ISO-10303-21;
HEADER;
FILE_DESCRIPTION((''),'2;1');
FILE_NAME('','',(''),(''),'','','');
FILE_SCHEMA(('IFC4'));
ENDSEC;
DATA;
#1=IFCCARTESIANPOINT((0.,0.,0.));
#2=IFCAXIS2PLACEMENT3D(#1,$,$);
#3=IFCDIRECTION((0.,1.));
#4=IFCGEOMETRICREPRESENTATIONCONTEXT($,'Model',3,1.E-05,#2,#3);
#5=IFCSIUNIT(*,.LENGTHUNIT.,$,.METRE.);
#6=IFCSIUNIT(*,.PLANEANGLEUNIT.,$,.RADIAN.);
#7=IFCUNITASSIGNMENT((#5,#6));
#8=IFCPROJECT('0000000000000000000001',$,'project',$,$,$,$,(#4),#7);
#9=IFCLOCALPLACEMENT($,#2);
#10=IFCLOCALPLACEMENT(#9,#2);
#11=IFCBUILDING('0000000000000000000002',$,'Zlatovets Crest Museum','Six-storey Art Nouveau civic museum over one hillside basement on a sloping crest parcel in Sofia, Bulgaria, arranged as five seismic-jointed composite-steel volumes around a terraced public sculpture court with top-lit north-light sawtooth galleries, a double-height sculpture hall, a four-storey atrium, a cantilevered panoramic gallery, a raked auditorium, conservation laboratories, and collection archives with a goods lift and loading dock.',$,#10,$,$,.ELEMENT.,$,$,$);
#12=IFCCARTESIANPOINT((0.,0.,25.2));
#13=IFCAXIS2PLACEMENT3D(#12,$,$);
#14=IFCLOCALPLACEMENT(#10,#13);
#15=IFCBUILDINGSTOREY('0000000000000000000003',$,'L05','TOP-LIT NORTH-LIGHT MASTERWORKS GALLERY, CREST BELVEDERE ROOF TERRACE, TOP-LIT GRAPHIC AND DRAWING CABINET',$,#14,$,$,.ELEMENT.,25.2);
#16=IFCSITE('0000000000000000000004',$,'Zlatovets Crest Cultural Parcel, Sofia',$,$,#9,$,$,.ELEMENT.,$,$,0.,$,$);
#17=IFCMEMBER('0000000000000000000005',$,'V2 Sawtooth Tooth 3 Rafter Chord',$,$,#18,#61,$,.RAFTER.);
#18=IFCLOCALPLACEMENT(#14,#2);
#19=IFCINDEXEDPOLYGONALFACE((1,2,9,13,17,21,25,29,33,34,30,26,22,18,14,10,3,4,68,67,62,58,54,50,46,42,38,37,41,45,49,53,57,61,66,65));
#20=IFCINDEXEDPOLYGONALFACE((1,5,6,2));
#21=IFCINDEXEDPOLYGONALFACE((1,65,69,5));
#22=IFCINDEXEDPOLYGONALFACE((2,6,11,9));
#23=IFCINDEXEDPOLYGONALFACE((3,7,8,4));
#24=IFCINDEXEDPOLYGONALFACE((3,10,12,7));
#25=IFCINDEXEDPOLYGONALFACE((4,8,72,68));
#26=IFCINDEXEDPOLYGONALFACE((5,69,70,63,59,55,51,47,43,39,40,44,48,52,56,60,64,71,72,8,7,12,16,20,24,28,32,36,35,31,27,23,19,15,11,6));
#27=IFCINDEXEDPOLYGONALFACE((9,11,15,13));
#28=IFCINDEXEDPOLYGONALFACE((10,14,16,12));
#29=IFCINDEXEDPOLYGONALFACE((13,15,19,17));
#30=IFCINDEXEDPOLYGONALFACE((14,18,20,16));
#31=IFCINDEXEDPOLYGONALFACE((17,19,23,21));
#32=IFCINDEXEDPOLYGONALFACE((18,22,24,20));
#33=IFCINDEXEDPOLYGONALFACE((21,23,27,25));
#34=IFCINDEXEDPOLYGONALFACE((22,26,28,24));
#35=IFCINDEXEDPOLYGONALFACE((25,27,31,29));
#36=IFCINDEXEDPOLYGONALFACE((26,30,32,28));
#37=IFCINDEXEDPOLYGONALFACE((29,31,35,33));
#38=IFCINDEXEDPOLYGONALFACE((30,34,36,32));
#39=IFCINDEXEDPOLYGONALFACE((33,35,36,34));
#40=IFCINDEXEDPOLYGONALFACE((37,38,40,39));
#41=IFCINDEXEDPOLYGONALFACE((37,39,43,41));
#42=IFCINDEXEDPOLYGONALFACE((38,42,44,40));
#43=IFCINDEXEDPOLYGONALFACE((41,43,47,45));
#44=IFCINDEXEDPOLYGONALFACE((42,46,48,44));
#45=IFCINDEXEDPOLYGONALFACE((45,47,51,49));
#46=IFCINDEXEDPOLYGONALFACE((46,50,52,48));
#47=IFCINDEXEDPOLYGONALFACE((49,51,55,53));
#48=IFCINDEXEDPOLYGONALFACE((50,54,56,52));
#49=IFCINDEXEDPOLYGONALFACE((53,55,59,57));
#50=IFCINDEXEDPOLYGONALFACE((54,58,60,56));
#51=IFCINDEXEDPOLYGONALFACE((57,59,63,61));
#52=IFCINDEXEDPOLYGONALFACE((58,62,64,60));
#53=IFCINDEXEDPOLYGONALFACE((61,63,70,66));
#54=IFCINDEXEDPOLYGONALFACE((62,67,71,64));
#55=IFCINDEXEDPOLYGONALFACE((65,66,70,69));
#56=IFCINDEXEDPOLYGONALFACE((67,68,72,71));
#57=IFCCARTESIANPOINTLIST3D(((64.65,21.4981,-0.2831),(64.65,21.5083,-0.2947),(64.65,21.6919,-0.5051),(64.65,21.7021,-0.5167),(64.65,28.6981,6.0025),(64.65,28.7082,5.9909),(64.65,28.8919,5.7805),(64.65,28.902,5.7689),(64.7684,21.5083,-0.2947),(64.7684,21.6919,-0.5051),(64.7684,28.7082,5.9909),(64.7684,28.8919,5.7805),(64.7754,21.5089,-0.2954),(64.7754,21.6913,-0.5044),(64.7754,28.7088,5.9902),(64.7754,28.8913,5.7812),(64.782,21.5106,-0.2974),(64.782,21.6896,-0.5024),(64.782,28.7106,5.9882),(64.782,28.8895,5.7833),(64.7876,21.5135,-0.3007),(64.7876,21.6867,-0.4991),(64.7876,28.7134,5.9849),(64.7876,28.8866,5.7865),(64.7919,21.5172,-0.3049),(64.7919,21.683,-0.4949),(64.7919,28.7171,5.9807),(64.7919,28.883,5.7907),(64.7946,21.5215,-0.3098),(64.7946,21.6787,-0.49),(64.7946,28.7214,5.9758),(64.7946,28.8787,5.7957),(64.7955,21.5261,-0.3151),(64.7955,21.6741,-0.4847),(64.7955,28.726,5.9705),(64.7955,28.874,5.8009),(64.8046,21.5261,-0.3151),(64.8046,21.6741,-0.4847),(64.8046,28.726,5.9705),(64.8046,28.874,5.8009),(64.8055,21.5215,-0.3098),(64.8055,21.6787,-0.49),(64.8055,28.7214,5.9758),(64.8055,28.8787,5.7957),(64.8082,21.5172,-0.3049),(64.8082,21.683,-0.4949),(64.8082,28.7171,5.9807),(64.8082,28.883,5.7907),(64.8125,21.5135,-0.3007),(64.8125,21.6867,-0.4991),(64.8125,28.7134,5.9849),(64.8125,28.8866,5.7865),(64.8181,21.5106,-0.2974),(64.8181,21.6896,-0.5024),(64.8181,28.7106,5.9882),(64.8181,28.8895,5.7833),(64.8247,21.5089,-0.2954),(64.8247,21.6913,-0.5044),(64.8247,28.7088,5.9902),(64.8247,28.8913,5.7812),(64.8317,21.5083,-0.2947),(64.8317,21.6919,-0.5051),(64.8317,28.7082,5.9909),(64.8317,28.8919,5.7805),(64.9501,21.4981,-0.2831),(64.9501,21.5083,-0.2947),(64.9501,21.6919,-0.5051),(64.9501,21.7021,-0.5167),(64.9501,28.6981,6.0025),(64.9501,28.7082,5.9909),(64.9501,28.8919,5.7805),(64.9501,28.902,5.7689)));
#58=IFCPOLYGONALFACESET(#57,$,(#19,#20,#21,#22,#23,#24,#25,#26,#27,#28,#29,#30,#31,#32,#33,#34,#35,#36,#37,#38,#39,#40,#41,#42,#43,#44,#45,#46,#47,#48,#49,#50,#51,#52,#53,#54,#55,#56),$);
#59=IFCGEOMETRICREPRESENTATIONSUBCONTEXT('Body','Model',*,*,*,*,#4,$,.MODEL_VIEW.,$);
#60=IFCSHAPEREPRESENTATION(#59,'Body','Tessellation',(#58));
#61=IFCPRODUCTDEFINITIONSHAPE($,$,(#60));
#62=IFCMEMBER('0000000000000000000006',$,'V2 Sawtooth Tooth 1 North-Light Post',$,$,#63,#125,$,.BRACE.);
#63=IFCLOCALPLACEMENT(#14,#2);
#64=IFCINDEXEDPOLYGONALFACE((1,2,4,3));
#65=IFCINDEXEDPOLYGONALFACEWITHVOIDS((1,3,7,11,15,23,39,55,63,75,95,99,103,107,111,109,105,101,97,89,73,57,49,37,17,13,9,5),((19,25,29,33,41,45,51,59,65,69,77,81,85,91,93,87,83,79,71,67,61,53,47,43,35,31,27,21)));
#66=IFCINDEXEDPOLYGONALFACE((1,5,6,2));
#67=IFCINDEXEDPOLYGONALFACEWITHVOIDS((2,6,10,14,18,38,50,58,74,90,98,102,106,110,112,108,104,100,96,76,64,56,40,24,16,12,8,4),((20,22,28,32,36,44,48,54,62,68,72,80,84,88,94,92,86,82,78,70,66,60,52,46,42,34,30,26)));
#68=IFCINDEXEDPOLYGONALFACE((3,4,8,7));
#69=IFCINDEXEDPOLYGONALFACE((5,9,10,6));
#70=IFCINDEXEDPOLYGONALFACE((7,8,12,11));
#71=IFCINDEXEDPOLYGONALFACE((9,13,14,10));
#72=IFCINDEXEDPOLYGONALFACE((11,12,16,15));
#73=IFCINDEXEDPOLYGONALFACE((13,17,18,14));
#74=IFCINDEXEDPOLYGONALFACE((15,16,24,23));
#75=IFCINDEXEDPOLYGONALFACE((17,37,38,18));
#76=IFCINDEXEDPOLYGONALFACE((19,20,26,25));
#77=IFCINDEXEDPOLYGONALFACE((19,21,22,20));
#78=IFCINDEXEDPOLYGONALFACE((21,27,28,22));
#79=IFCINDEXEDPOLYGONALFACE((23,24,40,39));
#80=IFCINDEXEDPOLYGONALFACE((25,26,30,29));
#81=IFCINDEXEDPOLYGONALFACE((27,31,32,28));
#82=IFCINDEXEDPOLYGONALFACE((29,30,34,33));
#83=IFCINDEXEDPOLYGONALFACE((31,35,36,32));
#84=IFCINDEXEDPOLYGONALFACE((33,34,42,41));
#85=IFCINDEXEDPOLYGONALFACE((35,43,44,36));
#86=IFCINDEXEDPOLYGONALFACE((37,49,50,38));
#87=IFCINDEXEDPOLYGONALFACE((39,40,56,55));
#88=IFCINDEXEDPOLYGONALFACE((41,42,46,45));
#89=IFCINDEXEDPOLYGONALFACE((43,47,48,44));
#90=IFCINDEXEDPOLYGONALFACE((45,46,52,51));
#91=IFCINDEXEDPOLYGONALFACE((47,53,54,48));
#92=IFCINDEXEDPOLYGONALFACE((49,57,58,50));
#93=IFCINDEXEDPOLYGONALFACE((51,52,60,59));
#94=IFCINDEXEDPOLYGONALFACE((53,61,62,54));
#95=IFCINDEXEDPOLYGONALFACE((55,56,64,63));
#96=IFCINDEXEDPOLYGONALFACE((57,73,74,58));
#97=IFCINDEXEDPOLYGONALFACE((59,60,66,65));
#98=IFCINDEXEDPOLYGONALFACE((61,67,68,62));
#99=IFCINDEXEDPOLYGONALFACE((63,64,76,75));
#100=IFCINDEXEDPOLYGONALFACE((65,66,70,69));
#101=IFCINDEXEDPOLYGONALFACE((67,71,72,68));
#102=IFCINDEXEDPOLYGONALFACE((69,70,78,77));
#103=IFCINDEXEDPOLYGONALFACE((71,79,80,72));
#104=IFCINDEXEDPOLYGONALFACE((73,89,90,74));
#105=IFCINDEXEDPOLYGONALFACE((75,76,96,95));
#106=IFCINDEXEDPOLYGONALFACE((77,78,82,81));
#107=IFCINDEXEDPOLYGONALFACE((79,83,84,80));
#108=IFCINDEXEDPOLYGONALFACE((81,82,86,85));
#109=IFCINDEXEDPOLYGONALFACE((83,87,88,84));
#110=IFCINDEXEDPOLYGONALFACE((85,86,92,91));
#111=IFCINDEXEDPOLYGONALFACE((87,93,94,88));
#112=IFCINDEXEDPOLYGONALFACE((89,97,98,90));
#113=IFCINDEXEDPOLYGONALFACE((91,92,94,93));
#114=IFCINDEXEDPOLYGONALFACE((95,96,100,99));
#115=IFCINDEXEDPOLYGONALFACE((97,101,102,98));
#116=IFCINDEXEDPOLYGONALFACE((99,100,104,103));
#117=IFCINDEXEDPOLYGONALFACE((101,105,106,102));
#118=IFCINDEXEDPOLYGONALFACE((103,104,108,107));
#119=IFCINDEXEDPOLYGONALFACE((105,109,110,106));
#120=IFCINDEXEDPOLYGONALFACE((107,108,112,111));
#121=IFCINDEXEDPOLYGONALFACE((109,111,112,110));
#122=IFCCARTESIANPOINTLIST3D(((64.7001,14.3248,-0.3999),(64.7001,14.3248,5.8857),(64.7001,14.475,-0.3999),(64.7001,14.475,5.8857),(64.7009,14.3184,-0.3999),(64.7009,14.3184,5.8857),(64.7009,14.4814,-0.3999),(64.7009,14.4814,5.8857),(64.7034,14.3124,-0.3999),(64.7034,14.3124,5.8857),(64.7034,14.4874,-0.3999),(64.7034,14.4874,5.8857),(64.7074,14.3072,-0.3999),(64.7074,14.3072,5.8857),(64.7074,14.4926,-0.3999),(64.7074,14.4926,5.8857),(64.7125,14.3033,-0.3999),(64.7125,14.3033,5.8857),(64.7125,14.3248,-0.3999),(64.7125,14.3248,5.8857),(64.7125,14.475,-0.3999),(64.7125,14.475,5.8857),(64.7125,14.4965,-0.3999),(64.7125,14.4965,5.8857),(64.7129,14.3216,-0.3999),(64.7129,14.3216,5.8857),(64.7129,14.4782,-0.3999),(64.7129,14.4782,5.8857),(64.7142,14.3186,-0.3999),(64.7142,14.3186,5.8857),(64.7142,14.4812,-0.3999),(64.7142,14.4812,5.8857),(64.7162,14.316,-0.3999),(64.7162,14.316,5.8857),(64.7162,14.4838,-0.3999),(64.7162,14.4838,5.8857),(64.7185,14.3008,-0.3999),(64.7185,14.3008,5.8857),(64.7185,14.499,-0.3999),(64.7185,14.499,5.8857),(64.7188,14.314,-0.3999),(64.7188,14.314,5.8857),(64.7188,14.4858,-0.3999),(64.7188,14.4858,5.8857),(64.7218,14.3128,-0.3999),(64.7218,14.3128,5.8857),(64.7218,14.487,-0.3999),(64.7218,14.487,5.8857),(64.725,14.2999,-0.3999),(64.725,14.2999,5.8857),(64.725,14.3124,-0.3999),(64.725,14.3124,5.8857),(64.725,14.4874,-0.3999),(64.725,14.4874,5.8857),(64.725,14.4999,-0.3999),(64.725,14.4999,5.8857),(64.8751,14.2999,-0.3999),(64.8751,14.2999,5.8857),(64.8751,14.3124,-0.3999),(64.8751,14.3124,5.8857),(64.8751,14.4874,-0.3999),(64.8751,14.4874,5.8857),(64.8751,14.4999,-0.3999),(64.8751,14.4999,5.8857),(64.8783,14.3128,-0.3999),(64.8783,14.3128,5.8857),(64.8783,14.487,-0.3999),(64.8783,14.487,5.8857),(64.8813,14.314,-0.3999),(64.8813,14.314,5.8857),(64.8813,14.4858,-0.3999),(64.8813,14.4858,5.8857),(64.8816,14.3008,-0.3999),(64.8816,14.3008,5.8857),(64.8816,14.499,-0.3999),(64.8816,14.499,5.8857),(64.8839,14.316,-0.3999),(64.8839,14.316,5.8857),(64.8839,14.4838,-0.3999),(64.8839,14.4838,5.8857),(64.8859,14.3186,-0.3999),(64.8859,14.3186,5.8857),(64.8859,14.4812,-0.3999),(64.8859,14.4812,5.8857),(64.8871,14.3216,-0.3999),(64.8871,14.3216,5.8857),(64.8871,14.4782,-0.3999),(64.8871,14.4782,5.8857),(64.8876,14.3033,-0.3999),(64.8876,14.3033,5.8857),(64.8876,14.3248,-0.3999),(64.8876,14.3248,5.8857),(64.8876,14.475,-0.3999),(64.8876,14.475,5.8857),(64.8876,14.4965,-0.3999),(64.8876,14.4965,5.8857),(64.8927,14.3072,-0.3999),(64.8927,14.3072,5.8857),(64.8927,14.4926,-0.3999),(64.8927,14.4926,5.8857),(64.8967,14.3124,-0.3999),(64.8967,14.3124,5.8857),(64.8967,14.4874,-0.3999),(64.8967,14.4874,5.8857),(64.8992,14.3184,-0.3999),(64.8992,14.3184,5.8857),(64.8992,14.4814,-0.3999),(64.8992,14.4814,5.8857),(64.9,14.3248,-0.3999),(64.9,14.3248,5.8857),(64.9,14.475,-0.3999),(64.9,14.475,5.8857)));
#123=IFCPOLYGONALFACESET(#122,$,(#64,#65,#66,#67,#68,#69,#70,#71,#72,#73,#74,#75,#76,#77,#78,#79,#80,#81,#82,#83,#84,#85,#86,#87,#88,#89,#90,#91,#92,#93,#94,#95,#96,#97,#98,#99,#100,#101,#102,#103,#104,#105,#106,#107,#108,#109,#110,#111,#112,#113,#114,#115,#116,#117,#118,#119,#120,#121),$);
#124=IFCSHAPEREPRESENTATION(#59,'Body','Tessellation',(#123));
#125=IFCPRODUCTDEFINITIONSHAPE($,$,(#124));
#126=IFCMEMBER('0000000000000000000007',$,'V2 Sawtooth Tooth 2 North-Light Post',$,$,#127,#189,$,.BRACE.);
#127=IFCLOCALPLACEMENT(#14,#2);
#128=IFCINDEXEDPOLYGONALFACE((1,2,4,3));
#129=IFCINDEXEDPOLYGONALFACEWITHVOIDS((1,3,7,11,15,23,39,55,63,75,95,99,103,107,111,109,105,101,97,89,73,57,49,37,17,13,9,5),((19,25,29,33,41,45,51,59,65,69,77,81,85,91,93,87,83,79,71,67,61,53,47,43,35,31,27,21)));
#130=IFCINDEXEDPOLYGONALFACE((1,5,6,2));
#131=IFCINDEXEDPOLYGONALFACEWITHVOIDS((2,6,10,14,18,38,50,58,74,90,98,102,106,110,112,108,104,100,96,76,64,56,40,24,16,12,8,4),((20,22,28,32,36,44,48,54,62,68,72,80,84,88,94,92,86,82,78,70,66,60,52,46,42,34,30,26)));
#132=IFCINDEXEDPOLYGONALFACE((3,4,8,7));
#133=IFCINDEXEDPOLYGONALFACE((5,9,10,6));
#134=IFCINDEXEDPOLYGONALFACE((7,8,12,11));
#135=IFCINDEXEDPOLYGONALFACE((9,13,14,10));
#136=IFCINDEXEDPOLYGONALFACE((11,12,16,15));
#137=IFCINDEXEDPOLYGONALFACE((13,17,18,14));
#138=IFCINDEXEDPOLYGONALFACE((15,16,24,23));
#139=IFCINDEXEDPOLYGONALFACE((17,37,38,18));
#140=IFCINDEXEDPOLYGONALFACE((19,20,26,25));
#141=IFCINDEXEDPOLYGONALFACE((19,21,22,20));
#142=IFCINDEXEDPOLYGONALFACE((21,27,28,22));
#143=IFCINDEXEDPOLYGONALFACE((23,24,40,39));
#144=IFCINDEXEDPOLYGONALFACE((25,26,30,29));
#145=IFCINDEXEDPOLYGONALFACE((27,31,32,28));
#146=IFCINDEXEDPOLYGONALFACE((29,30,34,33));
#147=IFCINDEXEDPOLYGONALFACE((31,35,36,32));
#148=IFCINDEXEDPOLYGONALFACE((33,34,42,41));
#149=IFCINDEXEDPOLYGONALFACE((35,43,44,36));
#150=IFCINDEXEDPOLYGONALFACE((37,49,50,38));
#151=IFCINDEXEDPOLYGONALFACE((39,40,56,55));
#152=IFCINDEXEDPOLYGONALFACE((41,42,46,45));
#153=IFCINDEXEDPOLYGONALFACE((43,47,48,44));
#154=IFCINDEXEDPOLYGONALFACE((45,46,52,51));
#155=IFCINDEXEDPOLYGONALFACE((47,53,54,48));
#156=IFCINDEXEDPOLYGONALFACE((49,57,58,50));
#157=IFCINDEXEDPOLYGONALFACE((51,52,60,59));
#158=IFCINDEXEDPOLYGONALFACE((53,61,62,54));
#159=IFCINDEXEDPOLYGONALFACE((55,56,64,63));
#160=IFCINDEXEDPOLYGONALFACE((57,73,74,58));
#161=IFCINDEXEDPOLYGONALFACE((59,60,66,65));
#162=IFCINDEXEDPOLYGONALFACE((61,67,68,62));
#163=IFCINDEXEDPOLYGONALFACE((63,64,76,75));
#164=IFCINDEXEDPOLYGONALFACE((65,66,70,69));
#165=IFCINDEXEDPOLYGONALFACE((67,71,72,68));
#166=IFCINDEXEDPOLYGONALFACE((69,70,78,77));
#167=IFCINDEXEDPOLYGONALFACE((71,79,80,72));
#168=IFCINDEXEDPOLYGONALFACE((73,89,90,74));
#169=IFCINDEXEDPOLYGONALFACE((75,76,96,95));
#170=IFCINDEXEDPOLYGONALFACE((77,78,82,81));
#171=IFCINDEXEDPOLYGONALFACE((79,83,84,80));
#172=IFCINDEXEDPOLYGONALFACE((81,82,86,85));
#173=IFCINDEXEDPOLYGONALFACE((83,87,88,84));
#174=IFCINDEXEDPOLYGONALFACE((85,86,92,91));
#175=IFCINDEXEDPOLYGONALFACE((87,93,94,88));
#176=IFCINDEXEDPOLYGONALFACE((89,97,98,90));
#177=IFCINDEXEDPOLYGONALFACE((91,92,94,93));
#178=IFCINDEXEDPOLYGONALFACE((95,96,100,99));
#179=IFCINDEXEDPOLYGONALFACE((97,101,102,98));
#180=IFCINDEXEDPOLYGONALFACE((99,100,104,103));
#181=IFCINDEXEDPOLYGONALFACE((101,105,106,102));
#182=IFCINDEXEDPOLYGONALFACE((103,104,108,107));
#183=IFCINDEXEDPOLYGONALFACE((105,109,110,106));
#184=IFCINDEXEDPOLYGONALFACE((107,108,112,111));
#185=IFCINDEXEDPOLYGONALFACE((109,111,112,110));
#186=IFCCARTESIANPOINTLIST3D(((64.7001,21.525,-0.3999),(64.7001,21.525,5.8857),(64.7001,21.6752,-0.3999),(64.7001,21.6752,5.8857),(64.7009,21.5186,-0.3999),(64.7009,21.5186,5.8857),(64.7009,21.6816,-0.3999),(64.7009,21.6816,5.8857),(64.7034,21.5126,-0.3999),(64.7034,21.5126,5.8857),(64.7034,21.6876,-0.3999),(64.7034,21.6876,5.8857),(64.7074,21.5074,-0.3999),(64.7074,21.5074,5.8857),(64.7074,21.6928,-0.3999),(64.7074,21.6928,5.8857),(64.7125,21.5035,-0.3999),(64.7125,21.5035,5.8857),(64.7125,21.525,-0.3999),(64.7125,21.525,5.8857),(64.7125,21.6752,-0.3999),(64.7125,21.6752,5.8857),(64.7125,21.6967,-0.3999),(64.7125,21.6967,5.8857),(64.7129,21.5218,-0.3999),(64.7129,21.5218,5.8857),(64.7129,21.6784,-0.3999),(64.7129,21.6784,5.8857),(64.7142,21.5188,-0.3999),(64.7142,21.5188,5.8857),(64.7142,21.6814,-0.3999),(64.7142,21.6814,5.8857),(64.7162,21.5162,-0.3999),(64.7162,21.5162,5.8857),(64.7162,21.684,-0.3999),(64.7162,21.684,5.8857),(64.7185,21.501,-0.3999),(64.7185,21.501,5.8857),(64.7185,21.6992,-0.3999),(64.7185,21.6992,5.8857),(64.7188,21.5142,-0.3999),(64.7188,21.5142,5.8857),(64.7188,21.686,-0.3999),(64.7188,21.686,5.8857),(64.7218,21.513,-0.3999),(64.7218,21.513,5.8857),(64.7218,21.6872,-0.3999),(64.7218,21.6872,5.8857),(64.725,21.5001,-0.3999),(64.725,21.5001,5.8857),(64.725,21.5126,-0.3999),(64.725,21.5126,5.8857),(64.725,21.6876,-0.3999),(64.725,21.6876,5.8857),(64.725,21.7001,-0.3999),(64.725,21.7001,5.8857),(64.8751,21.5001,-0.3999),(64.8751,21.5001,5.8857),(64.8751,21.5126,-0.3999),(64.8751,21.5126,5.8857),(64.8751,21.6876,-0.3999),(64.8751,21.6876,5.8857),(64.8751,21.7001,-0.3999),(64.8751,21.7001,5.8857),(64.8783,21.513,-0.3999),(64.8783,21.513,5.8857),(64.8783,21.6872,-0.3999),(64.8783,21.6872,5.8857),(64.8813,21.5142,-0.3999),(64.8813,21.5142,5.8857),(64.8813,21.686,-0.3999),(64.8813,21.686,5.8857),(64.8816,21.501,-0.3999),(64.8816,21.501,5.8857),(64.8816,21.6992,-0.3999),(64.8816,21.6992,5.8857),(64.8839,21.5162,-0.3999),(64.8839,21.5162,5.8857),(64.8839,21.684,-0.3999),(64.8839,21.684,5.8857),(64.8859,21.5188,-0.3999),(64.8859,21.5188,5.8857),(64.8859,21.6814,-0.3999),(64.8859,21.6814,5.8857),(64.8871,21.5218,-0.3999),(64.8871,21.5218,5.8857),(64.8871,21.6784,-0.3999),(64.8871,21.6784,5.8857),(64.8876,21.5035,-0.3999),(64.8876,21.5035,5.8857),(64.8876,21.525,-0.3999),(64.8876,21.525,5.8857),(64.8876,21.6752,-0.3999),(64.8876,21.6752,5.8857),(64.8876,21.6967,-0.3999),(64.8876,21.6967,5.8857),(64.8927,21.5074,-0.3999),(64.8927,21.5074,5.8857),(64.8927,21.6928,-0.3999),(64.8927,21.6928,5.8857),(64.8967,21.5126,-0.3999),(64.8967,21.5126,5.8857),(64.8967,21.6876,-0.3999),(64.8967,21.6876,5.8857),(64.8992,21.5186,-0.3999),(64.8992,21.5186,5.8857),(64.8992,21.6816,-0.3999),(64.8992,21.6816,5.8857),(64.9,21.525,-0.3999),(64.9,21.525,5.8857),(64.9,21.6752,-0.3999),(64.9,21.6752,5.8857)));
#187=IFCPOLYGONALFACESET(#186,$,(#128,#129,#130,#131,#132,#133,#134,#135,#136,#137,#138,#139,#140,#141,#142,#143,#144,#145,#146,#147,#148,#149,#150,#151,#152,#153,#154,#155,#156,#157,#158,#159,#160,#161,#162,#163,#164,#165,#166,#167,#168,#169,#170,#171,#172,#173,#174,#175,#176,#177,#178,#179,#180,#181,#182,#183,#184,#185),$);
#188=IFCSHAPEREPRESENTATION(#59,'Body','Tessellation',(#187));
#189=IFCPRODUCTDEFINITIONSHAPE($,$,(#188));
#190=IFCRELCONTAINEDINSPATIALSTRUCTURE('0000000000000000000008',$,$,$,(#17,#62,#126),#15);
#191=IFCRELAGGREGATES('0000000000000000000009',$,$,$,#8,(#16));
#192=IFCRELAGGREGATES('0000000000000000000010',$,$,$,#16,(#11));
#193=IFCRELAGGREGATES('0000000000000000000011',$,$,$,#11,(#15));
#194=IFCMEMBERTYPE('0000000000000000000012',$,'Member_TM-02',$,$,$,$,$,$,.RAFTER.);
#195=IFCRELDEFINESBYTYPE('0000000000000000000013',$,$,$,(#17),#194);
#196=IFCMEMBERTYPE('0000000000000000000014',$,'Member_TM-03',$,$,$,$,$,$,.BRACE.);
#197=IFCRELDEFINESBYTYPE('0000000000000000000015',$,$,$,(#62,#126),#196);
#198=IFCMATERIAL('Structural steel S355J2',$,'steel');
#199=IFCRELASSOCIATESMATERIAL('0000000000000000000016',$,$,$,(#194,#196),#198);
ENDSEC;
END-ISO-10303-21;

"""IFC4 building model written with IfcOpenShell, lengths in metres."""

from ifc_helpers import new_model, si_unit, direction, frame, origin, origin_2d, place, context, subcontext, project, spatial, hollow_rectangle, i_section, extrude, material, material_profile, profile_set, type_object, element, save


model = new_model("IFC4")

# Units and contexts
model_context = context("Model", 3, precision=1e-05, world=origin(), true_north=direction((0.0, 1.0)))
body_context = subcontext(model_context, "Body", "Model", "MODEL_VIEW")
ifc_project = project(units=[si_unit("LENGTHUNIT", "METRE"), si_unit("PLANEANGLEUNIT", "RADIAN")], contexts=[model_context])

# Site, building, storey
site_placement = place(None, origin())
site = spatial("IfcSite", under=ifc_project, at=site_placement, Name="Zlatovets Crest Cultural Parcel, Sofia", CompositionType="ELEMENT", RefElevation=0.0)
building_placement = place(site_placement, origin())
building = spatial("IfcBuilding", under=site, at=building_placement, Name="Zlatovets Crest Museum", Description="Six-storey Art Nouveau civic museum over one hillside basement on a sloping crest parcel in Sofia, Bulgaria, arranged as five seismic-jointed composite-steel volumes around a terraced public sculpture court with top-lit north-light sawtooth galleries, a double-height sculpture hall, a four-storey atrium, a cantilevered panoramic gallery, a raked auditorium, conservation laboratories, and collection archives with a goods lift and loading dock.", CompositionType="ELEMENT")
storey_placement = place(building_placement, frame((0.0, 0.0, 25.2)))
storey = spatial("IfcBuildingStorey", under=building, at=storey_placement, Name="L05", Description="TOP-LIT NORTH-LIGHT MASTERWORKS GALLERY, CREST BELVEDERE ROOF TERRACE, TOP-LIT GRAPHIC AND DRAWING CABINET", CompositionType="ELEMENT", Elevation=25.2)

# Shared definitions
ifc_material_1 = material(Name="Structural steel S355J2", Category="steel")

# Members
ifc_material_profile_1 = material_profile(ifc_material_1, i_section(OverallWidth=0.3, OverallDepth=0.3101, WebThickness=0.009, FlangeThickness=0.0154, FilletRadius=0.0271, at=origin_2d()), Name="HEA 320")
ifc_profile_set_1 = profile_set([ifc_material_profile_1], Name="Structural steel S355J2")
member_type_1 = type_object("IfcMemberType", Name="Member_TM-02", PredefinedType="RAFTER", material=ifc_profile_set_1)
member_1_placement = place(storey_placement, frame((64.8, 21.6001, -0.3999), z_axis=(0.0, 0.753318, 0.657656), x_axis=(-1.0, 0.0, 0.0)))
element("IfcMember", 1, at=member_1_placement, inside=storey, type_object=member_type_1, Name="V2 Sawtooth Tooth 3 Rafter Chord", PredefinedType="RAFTER", context=body_context, shape_type="SweptSolid", body=[
    extrude(i_section(OverallWidth=0.3, OverallDepth=0.3101, WebThickness=0.009, FlangeThickness=0.0154, FilletRadius=0.0271, at=origin_2d()), origin(), (0.0, 0.0, 1.0), 9.5576),
])
ifc_material_profile_2 = material_profile(ifc_material_1, hollow_rectangle(XDim=0.2, YDim=0.2, WallThickness=0.0125, InnerFilletRadius=0.0125, OuterFilletRadius=0.0249, at=origin_2d()), Name="SHS 200x200x12.5")
ifc_profile_set_2 = profile_set([ifc_material_profile_2], Name="Structural steel S355J2")
member_type_2 = type_object("IfcMemberType", Name="Member_TM-03", PredefinedType="BRACE", material=ifc_profile_set_2)
for number, where, z_axis, x_axis, name in (
    (2, (64.8, 14.3999, -0.3999), (0.0, 0.0, 1.0), (1.0, 0.0, 0.0), "V2 Sawtooth Tooth 1 North-Light Post"),
    (3, (64.8, 21.6001, -0.3999), (0.0, 0.0, 1.0), (1.0, 0.0, 0.0), "V2 Sawtooth Tooth 2 North-Light Post"),
):
    element("IfcMember", number, at=place(storey_placement, frame(where, z_axis=z_axis, x_axis=x_axis)), inside=storey, type_object=member_type_2, Name=name, PredefinedType="BRACE", context=body_context, shape_type="SweptSolid", body=[
        extrude(hollow_rectangle(XDim=0.2, YDim=0.2, WallThickness=0.0125, InnerFilletRadius=0.0125, OuterFilletRadius=0.0249, at=origin_2d()), origin(), (0.0, 0.0, 1.0), 6.2856),
    ])

save(model, "model.ifc")
